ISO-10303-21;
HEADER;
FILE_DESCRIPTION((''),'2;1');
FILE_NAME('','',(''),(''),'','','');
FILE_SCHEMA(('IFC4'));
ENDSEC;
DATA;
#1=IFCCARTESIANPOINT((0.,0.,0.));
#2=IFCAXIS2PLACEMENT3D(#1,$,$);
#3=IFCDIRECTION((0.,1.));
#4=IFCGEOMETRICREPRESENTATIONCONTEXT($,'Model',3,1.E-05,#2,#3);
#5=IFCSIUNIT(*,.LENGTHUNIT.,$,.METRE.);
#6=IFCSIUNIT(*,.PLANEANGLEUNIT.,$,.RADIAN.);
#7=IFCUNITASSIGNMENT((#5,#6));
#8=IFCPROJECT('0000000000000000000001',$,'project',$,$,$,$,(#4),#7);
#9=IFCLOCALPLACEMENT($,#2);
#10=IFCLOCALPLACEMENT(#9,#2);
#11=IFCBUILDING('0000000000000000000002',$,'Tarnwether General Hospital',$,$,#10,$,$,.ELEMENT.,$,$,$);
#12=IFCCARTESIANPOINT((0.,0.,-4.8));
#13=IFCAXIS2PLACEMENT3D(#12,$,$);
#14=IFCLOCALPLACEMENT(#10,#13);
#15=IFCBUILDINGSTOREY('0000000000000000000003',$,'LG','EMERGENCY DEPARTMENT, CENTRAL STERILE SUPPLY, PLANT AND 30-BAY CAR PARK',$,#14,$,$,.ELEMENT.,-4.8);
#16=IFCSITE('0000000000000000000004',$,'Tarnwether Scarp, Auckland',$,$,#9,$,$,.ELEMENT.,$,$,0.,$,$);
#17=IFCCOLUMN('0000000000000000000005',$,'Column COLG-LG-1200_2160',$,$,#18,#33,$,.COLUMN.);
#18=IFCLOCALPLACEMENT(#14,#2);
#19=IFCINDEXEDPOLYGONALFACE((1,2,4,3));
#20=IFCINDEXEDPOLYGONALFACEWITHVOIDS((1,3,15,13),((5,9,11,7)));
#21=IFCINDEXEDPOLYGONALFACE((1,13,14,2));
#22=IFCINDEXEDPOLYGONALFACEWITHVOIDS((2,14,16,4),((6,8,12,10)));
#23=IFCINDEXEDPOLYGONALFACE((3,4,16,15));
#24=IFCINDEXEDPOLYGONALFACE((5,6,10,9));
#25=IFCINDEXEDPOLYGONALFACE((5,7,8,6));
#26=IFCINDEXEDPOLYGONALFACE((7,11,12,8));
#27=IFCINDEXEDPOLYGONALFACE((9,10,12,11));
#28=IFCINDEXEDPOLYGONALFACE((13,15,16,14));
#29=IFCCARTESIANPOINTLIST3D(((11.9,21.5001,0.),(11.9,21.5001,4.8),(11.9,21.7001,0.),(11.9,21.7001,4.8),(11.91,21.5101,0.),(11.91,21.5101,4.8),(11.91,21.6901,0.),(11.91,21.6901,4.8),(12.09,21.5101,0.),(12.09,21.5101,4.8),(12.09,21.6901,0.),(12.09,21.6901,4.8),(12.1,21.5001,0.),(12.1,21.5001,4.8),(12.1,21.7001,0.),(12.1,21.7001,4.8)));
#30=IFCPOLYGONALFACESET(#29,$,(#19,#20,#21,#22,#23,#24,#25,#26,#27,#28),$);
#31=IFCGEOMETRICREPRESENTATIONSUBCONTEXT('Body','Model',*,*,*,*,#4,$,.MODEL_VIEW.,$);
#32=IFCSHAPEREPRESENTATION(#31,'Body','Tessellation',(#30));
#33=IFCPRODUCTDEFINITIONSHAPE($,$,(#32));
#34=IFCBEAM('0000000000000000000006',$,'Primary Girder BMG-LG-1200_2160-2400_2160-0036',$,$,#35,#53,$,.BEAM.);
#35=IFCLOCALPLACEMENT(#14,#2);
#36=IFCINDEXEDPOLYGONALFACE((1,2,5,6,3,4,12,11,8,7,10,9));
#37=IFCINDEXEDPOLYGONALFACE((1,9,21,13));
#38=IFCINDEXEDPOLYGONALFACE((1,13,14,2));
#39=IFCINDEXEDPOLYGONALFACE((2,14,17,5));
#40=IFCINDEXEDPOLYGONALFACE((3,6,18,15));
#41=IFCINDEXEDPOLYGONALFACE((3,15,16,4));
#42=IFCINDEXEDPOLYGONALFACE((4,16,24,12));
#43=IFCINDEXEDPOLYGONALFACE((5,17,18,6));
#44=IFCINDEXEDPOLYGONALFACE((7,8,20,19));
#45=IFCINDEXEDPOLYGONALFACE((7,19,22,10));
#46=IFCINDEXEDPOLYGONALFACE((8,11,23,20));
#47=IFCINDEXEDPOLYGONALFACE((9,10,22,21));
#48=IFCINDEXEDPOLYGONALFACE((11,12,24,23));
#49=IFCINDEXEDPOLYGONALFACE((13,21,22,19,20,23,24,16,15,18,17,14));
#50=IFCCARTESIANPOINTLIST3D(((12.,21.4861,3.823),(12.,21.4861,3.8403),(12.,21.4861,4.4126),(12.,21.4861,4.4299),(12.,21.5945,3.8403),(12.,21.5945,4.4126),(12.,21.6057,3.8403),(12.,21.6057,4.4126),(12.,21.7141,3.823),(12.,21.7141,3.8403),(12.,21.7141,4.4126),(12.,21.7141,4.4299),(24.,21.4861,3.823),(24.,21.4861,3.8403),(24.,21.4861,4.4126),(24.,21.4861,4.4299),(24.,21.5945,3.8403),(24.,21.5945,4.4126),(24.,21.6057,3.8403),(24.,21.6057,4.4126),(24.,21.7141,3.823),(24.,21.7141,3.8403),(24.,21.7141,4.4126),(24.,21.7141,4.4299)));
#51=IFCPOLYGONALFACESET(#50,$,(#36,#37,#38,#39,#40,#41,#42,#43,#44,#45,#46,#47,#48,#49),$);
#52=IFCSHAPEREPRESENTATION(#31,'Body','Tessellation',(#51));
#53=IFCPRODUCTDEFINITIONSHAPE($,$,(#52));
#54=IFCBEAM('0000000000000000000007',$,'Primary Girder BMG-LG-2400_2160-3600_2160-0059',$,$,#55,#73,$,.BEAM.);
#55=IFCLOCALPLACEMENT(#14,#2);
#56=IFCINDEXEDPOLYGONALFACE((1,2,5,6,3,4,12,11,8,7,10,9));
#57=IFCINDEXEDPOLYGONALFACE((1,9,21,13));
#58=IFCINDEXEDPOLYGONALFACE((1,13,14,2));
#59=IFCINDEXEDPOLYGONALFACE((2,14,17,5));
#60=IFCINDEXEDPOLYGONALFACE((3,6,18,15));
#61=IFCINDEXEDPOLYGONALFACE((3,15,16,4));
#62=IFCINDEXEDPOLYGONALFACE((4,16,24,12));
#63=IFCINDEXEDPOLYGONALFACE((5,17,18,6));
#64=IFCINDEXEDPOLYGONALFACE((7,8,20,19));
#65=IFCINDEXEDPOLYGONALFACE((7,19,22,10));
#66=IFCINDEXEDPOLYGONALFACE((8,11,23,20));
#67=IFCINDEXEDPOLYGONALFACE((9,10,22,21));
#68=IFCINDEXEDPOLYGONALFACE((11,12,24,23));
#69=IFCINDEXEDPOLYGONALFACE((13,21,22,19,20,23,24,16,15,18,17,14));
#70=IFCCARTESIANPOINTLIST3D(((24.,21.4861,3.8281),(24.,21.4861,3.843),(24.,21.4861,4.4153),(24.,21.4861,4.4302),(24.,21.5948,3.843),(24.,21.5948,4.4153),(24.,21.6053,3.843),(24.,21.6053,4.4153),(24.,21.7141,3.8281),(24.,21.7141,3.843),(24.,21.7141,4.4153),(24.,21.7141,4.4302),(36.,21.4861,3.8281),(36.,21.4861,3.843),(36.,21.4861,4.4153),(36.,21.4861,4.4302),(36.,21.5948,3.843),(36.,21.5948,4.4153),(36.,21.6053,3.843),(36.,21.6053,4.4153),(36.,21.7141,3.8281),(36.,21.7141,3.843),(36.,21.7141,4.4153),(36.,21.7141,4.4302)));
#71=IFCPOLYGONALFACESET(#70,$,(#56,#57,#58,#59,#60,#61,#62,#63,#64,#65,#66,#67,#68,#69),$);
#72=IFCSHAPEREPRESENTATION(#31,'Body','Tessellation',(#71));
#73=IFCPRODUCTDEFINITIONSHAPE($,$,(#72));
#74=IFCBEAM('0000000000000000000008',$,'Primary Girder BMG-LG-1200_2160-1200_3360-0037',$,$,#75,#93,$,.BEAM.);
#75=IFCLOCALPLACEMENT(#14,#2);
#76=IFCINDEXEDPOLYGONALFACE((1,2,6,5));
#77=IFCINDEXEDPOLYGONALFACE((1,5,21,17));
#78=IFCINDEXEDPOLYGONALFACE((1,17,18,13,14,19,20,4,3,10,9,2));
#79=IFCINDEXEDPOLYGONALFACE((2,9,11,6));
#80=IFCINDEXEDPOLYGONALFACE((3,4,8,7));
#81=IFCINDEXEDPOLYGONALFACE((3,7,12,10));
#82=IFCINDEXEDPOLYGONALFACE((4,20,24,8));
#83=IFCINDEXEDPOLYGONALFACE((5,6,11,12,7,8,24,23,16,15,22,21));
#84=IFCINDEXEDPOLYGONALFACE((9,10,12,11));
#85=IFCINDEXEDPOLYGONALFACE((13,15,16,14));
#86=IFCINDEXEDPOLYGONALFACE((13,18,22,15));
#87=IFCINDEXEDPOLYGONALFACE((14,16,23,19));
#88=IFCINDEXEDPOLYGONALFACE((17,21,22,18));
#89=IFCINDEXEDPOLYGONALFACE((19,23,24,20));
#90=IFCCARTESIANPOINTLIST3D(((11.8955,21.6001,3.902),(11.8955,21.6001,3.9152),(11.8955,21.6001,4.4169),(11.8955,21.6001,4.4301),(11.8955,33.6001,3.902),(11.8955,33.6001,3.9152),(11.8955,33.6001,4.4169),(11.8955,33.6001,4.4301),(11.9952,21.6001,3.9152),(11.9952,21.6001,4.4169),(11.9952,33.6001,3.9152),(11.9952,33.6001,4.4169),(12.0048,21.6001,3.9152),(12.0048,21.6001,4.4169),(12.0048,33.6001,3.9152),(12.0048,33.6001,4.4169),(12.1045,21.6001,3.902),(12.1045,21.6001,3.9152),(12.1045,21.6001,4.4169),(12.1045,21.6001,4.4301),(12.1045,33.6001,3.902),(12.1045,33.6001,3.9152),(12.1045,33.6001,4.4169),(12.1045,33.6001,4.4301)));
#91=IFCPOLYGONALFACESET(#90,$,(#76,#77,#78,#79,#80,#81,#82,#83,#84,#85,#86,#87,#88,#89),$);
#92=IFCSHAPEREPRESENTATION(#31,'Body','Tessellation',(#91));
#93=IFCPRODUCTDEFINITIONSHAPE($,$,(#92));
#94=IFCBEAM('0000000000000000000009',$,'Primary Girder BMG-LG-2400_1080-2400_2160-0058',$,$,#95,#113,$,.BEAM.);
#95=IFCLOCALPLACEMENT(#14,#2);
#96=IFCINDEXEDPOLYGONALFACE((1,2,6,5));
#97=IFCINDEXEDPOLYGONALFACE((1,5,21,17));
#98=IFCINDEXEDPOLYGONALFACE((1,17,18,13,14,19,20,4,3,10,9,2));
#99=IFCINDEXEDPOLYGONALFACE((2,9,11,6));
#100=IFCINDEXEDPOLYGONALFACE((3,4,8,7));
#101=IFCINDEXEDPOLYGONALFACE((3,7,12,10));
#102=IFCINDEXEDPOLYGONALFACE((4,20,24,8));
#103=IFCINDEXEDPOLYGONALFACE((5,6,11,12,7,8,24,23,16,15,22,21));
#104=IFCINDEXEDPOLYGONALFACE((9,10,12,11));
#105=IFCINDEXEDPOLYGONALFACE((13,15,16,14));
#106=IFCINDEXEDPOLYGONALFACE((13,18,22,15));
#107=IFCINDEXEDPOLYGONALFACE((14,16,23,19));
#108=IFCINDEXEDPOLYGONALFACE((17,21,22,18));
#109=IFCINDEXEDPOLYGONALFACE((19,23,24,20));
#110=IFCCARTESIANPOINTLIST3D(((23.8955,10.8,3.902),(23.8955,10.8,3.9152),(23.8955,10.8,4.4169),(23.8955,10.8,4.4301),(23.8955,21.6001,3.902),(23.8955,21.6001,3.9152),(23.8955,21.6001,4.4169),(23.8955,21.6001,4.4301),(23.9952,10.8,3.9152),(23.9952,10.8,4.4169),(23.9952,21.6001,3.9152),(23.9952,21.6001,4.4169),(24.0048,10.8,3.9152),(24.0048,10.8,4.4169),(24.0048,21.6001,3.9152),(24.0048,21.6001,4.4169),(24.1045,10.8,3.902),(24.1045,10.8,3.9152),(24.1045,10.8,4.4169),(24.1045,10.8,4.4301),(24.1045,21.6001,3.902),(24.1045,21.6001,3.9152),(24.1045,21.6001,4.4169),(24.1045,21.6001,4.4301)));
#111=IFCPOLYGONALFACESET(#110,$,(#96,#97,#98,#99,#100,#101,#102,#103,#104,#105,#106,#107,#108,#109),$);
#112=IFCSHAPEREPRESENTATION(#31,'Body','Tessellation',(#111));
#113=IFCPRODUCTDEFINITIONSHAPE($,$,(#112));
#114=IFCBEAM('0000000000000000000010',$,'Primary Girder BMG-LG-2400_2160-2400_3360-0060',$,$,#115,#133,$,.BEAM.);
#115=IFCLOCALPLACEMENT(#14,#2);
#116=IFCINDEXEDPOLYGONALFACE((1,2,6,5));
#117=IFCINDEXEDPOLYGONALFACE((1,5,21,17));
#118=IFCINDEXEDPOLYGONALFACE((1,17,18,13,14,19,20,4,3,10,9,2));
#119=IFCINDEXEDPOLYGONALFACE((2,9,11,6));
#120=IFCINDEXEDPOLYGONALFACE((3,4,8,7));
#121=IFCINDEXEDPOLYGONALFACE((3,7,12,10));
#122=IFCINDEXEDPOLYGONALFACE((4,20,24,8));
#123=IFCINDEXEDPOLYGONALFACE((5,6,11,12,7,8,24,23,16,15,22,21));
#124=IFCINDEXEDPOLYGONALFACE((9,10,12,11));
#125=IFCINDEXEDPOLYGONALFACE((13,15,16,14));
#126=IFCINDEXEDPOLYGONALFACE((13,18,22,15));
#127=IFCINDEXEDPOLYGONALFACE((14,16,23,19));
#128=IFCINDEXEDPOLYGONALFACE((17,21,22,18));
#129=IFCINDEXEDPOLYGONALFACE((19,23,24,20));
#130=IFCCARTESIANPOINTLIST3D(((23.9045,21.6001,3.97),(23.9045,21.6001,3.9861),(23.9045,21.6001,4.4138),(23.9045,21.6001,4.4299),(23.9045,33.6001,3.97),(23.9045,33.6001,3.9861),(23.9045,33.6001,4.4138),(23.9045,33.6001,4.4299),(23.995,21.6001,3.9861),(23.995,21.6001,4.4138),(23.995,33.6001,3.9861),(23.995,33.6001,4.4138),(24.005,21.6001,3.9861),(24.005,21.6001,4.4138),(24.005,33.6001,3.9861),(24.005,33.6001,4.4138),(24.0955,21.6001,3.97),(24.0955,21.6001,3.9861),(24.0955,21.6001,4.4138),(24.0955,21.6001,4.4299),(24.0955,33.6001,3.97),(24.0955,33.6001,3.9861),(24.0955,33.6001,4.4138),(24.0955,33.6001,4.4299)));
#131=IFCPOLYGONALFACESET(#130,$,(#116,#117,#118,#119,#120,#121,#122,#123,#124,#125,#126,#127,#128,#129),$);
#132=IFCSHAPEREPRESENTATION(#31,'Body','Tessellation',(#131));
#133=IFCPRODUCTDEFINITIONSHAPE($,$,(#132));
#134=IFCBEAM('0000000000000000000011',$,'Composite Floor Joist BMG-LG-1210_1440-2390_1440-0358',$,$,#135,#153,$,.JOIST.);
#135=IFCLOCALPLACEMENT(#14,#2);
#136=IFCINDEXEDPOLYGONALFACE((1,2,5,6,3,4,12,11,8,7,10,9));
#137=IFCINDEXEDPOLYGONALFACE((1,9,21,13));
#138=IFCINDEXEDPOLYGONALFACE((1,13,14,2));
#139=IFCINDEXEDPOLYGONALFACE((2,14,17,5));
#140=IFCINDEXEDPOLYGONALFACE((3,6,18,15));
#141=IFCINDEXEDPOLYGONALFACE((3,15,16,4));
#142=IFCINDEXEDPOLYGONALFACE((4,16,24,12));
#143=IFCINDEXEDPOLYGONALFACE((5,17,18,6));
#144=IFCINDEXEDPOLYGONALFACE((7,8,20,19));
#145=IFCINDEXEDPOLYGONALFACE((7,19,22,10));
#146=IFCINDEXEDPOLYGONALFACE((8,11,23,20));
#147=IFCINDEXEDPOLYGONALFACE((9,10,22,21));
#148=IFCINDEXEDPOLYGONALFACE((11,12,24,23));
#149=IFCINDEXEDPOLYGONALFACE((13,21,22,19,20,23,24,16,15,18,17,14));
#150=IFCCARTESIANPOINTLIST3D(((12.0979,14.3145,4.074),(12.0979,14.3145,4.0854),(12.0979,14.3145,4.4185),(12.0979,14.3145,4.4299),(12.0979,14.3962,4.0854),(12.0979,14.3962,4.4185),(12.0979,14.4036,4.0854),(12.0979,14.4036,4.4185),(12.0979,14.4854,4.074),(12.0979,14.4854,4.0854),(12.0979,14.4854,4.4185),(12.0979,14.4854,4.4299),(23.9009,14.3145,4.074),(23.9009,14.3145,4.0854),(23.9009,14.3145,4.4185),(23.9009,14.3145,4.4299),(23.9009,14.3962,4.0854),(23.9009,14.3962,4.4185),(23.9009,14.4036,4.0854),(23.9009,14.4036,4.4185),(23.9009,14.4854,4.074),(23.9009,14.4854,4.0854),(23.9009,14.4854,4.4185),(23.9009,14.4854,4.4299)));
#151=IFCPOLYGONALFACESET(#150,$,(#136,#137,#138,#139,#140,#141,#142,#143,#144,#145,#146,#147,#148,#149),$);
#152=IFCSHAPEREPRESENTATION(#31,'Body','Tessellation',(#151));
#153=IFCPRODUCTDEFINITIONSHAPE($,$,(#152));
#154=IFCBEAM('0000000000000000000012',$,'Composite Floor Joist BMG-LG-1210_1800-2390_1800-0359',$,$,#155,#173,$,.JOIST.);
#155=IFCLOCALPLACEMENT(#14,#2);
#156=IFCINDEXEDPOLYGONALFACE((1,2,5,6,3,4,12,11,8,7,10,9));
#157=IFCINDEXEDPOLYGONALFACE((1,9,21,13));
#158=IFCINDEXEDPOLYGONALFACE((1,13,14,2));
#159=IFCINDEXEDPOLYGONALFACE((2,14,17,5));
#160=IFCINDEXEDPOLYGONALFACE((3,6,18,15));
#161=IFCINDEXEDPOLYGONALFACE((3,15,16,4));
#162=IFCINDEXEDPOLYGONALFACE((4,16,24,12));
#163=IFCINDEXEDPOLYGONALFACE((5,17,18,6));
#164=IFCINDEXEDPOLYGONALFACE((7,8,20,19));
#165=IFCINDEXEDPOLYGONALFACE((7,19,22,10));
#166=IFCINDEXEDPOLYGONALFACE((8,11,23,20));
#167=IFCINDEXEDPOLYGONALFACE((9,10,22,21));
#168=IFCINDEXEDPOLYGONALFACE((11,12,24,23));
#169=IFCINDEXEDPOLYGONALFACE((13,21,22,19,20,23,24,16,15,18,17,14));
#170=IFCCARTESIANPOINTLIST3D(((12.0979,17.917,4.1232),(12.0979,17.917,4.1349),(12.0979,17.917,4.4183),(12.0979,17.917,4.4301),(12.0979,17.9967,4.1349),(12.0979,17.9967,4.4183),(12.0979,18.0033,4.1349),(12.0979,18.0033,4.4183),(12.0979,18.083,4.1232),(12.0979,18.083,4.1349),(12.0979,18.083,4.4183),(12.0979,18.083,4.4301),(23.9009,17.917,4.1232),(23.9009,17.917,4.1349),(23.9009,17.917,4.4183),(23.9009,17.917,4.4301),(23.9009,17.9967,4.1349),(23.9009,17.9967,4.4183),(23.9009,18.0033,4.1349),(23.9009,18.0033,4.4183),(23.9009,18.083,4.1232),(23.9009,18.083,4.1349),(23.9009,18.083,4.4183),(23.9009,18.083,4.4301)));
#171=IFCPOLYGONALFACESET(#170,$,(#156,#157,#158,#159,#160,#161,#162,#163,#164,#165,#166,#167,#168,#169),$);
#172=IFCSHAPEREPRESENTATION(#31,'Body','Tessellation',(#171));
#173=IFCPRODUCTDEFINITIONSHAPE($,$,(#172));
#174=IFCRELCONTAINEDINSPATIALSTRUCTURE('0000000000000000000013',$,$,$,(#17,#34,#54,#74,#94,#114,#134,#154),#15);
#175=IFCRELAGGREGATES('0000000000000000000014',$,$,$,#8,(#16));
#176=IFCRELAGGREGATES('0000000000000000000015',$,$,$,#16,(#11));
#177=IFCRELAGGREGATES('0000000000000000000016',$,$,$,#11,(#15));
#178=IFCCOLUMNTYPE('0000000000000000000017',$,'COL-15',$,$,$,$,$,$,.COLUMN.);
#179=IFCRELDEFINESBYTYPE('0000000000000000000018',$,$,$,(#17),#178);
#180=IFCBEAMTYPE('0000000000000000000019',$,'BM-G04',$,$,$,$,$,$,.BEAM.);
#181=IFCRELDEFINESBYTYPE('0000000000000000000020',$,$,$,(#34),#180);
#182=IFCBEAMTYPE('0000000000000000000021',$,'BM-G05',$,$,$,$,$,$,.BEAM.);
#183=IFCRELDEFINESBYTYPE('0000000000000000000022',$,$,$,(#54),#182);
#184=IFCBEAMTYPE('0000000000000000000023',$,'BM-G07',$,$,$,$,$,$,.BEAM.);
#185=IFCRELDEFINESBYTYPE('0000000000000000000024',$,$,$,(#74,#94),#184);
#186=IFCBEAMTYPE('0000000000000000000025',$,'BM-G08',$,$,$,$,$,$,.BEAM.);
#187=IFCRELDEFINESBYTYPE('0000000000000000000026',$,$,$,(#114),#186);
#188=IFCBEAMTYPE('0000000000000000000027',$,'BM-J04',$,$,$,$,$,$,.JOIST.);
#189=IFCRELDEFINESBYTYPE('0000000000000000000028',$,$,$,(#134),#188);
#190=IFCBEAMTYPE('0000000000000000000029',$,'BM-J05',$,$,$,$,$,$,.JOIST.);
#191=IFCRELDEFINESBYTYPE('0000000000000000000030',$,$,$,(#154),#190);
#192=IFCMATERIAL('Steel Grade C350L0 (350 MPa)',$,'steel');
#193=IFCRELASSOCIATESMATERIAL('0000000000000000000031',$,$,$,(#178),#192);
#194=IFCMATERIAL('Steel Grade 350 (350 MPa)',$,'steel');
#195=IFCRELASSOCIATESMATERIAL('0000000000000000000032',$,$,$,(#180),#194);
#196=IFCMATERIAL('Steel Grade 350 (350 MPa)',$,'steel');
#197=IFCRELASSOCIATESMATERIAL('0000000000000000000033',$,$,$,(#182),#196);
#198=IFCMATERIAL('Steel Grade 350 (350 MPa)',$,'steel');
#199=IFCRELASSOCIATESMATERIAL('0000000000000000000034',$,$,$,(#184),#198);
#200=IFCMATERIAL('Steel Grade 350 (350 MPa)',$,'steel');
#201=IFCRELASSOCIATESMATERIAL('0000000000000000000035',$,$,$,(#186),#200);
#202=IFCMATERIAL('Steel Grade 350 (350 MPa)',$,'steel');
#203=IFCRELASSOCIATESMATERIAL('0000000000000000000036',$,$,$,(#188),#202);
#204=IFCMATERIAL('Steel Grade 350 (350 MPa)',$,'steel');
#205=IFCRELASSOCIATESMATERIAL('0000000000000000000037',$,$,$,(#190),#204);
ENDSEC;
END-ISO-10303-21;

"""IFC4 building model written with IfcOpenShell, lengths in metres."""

from ifc_helpers import new_model, si_unit, direction, frame, origin, origin_2d, place, context, subcontext, project, spatial, hollow_rectangle, i_section, extrude, material, material_profile, profile_set, type_object, element, save


model = new_model("IFC4")

# Units and contexts
model_context = context("Model", 3, precision=1e-05, world=origin(), true_north=direction((0.0, 1.0)))
body_context = subcontext(model_context, "Body", "Model", "MODEL_VIEW")
ifc_project = project(units=[si_unit("LENGTHUNIT", "METRE"), si_unit("PLANEANGLEUNIT", "RADIAN")], contexts=[model_context])

# Site, building, storey
site_placement = place(None, origin())
site = spatial("IfcSite", under=ifc_project, at=site_placement, Name="Tarnwether Scarp, Auckland", CompositionType="ELEMENT", RefElevation=0.0)
building_placement = place(site_placement, origin())
building = spatial("IfcBuilding", under=site, at=building_placement, Name="Tarnwether General Hospital", CompositionType="ELEMENT")
storey_placement = place(building_placement, frame((0.0, 0.0, -4.8)))
storey = spatial("IfcBuildingStorey", under=building, at=storey_placement, Name="LG", Description="EMERGENCY DEPARTMENT, CENTRAL STERILE SUPPLY, PLANT AND 30-BAY CAR PARK", CompositionType="ELEMENT", Elevation=-4.8)

# Column
ifc_material_1 = material(Name="Steel Grade C350L0 (350 MPa)", Category="steel")
ifc_material_profile_1 = material_profile(ifc_material_1, hollow_rectangle(XDim=0.2, YDim=0.2, WallThickness=0.01, at=origin_2d()), Name="SHS200x200x10")
ifc_profile_set_1 = profile_set([ifc_material_profile_1], Name="Steel Grade C350L0 (350 MPa)")
column_type_1 = type_object("IfcColumnType", Name="COL-15", PredefinedType="COLUMN", material=ifc_profile_set_1)
column_1_placement = place(storey_placement, frame((12.0, 21.6001, 0.0), z_axis=(0.0, 0.0, 1.0), x_axis=(0.0, 1.0, 0.0)))
element("IfcColumn", 1, at=column_1_placement, inside=storey, type_object=column_type_1, Name="Column COLG-LG-1200_2160", PredefinedType="COLUMN", context=body_context, shape_type="SweptSolid", body=[
    extrude(hollow_rectangle(XDim=0.2, YDim=0.2, WallThickness=0.01, at=origin_2d()), origin(), (0.0, 0.0, 1.0), 4.8),
])

# Beams
ifc_material_2 = material(Name="Steel Grade 350 (350 MPa)", Category="steel")
ifc_material_profile_2 = material_profile(ifc_material_2, i_section(OverallWidth=0.228, OverallDepth=0.6069, WebThickness=0.0112, FlangeThickness=0.0173, at=origin_2d()), Name="610UB113")
ifc_profile_set_2 = profile_set([ifc_material_profile_2], Name="Steel Grade 350 (350 MPa)")
beam_type_1 = type_object("IfcBeamType", Name="BM-G04", PredefinedType="BEAM", material=ifc_profile_set_2)
beam_1_placement = place(storey_placement, frame((12.0, 21.6001, 4.1265), z_axis=(1.0, 0.0, 0.0), x_axis=(0.0, 1.0, 0.0)))
element("IfcBeam", 2, at=beam_1_placement, inside=storey, type_object=beam_type_1, Name="Primary Girder BMG-LG-1200_2160-2400_2160-0036", PredefinedType="BEAM", context=body_context, shape_type="SweptSolid", body=[
    extrude(i_section(OverallWidth=0.228, OverallDepth=0.6069, WebThickness=0.0112, FlangeThickness=0.0173, at=origin_2d()), origin(), (0.0, 0.0, 1.0), 12.0),
])
ifc_material_3 = material(Name="Steel Grade 350 (350 MPa)", Category="steel")
ifc_material_profile_3 = material_profile(ifc_material_3, i_section(OverallWidth=0.228, OverallDepth=0.6021, WebThickness=0.0105, FlangeThickness=0.0149, at=origin_2d()), Name="610UB101")
ifc_profile_set_3 = profile_set([ifc_material_profile_3], Name="Steel Grade 350 (350 MPa)")
beam_type_2 = type_object("IfcBeamType", Name="BM-G05", PredefinedType="BEAM", material=ifc_profile_set_3)
beam_2_placement = place(storey_placement, frame((24.0, 21.6001, 4.1292), z_axis=(1.0, 0.0, 0.0), x_axis=(0.0, 1.0, 0.0)))
element("IfcBeam", 3, at=beam_2_placement, inside=storey, type_object=beam_type_2, Name="Primary Girder BMG-LG-2400_2160-3600_2160-0059", PredefinedType="BEAM", context=body_context, shape_type="SweptSolid", body=[
    extrude(i_section(OverallWidth=0.228, OverallDepth=0.6021, WebThickness=0.0105, FlangeThickness=0.0149, at=origin_2d()), origin(), (0.0, 0.0, 1.0), 12.0),
])
ifc_material_4 = material(Name="Steel Grade 350 (350 MPa)", Category="steel")
ifc_material_profile_4 = material_profile(ifc_material_4, i_section(OverallWidth=0.209, OverallDepth=0.5281, WebThickness=0.0095, FlangeThickness=0.0132, at=origin_2d()), Name="530UB82.0")
ifc_profile_set_4 = profile_set([ifc_material_profile_4], Name="Steel Grade 350 (350 MPa)")
beam_type_3 = type_object("IfcBeamType", Name="BM-G07", PredefinedType="BEAM", material=ifc_profile_set_4)
beam_3_placement = place(storey_placement, frame((12.0, 21.6001, 4.166), z_axis=(0.0, 1.0, 0.0), x_axis=(-1.0, 0.0, 0.0)))
element("IfcBeam", 4, at=beam_3_placement, inside=storey, type_object=beam_type_3, Name="Primary Girder BMG-LG-1200_2160-1200_3360-0037", PredefinedType="BEAM", context=body_context, shape_type="SweptSolid", body=[
    extrude(i_section(OverallWidth=0.209, OverallDepth=0.5281, WebThickness=0.0095, FlangeThickness=0.0132, at=origin_2d()), origin(), (0.0, 0.0, 1.0), 12.0),
])
beam_4_placement = place(storey_placement, frame((24.0, 10.8, 4.166), z_axis=(0.0, 1.0, 0.0), x_axis=(-1.0, 0.0, 0.0)))
element("IfcBeam", 5, at=beam_4_placement, inside=storey, type_object=beam_type_3, Name="Primary Girder BMG-LG-2400_1080-2400_2160-0058", PredefinedType="BEAM", context=body_context, shape_type="SweptSolid", body=[
    extrude(i_section(OverallWidth=0.209, OverallDepth=0.5281, WebThickness=0.0095, FlangeThickness=0.0132, at=origin_2d()), origin(), (0.0, 0.0, 1.0), 10.8),
])
ifc_material_5 = material(Name="Steel Grade 350 (350 MPa)", Category="steel")
ifc_material_profile_5 = material_profile(ifc_material_5, i_section(OverallWidth=0.1909, OverallDepth=0.46, WebThickness=0.01, FlangeThickness=0.0161, at=origin_2d()), Name="460UB82.1")
ifc_profile_set_5 = profile_set([ifc_material_profile_5], Name="Steel Grade 350 (350 MPa)")
beam_type_4 = type_object("IfcBeamType", Name="BM-G08", PredefinedType="BEAM", material=ifc_profile_set_5)
beam_5_placement = place(storey_placement, frame((24.0, 21.6001, 4.2), z_axis=(0.0, 1.0, 0.0), x_axis=(-1.0, 0.0, 0.0)))
element("IfcBeam", 6, at=beam_5_placement, inside=storey, type_object=beam_type_4, Name="Primary Girder BMG-LG-2400_2160-2400_3360-0060", PredefinedType="BEAM", context=body_context, shape_type="SweptSolid", body=[
    extrude(i_section(OverallWidth=0.1909, OverallDepth=0.46, WebThickness=0.01, FlangeThickness=0.0161, at=origin_2d()), origin(), (0.0, 0.0, 1.0), 12.0),
])
ifc_material_6 = material(Name="Steel Grade 350 (350 MPa)", Category="steel")
ifc_material_profile_6 = material_profile(ifc_material_6, i_section(OverallWidth=0.1709, OverallDepth=0.356, WebThickness=0.0073, FlangeThickness=0.0115, at=origin_2d()), Name="360UB50.7")
ifc_profile_set_6 = profile_set([ifc_material_profile_6], Name="Steel Grade 350 (350 MPa)")
beam_type_5 = type_object("IfcBeamType", Name="BM-J04", PredefinedType="JOIST", material=ifc_profile_set_6)
beam_6_placement = place(storey_placement, frame((12.0979, 14.3999, 4.252), z_axis=(1.0, 0.0, 0.0), x_axis=(0.0, 1.0, 0.0)))
element("IfcBeam", 7, at=beam_6_placement, inside=storey, type_object=beam_type_5, Name="Composite Floor Joist BMG-LG-1210_1440-2390_1440-0358", PredefinedType="JOIST", context=body_context, shape_type="SweptSolid", body=[
    extrude(i_section(OverallWidth=0.1709, OverallDepth=0.356, WebThickness=0.0073, FlangeThickness=0.0115, at=origin_2d()), origin(), (0.0, 0.0, 1.0), 11.803),
])
ifc_material_7 = material(Name="Steel Grade 350 (350 MPa)", Category="steel")
ifc_material_profile_7 = material_profile(ifc_material_7, i_section(OverallWidth=0.166, OverallDepth=0.3069, WebThickness=0.0066, FlangeThickness=0.0117, at=origin_2d()), Name="310UB46.2")
ifc_profile_set_7 = profile_set([ifc_material_profile_7], Name="Steel Grade 350 (350 MPa)")
beam_type_6 = type_object("IfcBeamType", Name="BM-J05", PredefinedType="JOIST", material=ifc_profile_set_7)
beam_7_placement = place(storey_placement, frame((12.0979, 18.0, 4.2766), z_axis=(1.0, 0.0, 0.0), x_axis=(0.0, 1.0, 0.0)))
element("IfcBeam", 8, at=beam_7_placement, inside=storey, type_object=beam_type_6, Name="Composite Floor Joist BMG-LG-1210_1800-2390_1800-0359", PredefinedType="JOIST", context=body_context, shape_type="SweptSolid", body=[
    extrude(i_section(OverallWidth=0.166, OverallDepth=0.3069, WebThickness=0.0066, FlangeThickness=0.0117, at=origin_2d()), origin(), (0.0, 0.0, 1.0), 11.803),
])

save(model, "model.ifc")
